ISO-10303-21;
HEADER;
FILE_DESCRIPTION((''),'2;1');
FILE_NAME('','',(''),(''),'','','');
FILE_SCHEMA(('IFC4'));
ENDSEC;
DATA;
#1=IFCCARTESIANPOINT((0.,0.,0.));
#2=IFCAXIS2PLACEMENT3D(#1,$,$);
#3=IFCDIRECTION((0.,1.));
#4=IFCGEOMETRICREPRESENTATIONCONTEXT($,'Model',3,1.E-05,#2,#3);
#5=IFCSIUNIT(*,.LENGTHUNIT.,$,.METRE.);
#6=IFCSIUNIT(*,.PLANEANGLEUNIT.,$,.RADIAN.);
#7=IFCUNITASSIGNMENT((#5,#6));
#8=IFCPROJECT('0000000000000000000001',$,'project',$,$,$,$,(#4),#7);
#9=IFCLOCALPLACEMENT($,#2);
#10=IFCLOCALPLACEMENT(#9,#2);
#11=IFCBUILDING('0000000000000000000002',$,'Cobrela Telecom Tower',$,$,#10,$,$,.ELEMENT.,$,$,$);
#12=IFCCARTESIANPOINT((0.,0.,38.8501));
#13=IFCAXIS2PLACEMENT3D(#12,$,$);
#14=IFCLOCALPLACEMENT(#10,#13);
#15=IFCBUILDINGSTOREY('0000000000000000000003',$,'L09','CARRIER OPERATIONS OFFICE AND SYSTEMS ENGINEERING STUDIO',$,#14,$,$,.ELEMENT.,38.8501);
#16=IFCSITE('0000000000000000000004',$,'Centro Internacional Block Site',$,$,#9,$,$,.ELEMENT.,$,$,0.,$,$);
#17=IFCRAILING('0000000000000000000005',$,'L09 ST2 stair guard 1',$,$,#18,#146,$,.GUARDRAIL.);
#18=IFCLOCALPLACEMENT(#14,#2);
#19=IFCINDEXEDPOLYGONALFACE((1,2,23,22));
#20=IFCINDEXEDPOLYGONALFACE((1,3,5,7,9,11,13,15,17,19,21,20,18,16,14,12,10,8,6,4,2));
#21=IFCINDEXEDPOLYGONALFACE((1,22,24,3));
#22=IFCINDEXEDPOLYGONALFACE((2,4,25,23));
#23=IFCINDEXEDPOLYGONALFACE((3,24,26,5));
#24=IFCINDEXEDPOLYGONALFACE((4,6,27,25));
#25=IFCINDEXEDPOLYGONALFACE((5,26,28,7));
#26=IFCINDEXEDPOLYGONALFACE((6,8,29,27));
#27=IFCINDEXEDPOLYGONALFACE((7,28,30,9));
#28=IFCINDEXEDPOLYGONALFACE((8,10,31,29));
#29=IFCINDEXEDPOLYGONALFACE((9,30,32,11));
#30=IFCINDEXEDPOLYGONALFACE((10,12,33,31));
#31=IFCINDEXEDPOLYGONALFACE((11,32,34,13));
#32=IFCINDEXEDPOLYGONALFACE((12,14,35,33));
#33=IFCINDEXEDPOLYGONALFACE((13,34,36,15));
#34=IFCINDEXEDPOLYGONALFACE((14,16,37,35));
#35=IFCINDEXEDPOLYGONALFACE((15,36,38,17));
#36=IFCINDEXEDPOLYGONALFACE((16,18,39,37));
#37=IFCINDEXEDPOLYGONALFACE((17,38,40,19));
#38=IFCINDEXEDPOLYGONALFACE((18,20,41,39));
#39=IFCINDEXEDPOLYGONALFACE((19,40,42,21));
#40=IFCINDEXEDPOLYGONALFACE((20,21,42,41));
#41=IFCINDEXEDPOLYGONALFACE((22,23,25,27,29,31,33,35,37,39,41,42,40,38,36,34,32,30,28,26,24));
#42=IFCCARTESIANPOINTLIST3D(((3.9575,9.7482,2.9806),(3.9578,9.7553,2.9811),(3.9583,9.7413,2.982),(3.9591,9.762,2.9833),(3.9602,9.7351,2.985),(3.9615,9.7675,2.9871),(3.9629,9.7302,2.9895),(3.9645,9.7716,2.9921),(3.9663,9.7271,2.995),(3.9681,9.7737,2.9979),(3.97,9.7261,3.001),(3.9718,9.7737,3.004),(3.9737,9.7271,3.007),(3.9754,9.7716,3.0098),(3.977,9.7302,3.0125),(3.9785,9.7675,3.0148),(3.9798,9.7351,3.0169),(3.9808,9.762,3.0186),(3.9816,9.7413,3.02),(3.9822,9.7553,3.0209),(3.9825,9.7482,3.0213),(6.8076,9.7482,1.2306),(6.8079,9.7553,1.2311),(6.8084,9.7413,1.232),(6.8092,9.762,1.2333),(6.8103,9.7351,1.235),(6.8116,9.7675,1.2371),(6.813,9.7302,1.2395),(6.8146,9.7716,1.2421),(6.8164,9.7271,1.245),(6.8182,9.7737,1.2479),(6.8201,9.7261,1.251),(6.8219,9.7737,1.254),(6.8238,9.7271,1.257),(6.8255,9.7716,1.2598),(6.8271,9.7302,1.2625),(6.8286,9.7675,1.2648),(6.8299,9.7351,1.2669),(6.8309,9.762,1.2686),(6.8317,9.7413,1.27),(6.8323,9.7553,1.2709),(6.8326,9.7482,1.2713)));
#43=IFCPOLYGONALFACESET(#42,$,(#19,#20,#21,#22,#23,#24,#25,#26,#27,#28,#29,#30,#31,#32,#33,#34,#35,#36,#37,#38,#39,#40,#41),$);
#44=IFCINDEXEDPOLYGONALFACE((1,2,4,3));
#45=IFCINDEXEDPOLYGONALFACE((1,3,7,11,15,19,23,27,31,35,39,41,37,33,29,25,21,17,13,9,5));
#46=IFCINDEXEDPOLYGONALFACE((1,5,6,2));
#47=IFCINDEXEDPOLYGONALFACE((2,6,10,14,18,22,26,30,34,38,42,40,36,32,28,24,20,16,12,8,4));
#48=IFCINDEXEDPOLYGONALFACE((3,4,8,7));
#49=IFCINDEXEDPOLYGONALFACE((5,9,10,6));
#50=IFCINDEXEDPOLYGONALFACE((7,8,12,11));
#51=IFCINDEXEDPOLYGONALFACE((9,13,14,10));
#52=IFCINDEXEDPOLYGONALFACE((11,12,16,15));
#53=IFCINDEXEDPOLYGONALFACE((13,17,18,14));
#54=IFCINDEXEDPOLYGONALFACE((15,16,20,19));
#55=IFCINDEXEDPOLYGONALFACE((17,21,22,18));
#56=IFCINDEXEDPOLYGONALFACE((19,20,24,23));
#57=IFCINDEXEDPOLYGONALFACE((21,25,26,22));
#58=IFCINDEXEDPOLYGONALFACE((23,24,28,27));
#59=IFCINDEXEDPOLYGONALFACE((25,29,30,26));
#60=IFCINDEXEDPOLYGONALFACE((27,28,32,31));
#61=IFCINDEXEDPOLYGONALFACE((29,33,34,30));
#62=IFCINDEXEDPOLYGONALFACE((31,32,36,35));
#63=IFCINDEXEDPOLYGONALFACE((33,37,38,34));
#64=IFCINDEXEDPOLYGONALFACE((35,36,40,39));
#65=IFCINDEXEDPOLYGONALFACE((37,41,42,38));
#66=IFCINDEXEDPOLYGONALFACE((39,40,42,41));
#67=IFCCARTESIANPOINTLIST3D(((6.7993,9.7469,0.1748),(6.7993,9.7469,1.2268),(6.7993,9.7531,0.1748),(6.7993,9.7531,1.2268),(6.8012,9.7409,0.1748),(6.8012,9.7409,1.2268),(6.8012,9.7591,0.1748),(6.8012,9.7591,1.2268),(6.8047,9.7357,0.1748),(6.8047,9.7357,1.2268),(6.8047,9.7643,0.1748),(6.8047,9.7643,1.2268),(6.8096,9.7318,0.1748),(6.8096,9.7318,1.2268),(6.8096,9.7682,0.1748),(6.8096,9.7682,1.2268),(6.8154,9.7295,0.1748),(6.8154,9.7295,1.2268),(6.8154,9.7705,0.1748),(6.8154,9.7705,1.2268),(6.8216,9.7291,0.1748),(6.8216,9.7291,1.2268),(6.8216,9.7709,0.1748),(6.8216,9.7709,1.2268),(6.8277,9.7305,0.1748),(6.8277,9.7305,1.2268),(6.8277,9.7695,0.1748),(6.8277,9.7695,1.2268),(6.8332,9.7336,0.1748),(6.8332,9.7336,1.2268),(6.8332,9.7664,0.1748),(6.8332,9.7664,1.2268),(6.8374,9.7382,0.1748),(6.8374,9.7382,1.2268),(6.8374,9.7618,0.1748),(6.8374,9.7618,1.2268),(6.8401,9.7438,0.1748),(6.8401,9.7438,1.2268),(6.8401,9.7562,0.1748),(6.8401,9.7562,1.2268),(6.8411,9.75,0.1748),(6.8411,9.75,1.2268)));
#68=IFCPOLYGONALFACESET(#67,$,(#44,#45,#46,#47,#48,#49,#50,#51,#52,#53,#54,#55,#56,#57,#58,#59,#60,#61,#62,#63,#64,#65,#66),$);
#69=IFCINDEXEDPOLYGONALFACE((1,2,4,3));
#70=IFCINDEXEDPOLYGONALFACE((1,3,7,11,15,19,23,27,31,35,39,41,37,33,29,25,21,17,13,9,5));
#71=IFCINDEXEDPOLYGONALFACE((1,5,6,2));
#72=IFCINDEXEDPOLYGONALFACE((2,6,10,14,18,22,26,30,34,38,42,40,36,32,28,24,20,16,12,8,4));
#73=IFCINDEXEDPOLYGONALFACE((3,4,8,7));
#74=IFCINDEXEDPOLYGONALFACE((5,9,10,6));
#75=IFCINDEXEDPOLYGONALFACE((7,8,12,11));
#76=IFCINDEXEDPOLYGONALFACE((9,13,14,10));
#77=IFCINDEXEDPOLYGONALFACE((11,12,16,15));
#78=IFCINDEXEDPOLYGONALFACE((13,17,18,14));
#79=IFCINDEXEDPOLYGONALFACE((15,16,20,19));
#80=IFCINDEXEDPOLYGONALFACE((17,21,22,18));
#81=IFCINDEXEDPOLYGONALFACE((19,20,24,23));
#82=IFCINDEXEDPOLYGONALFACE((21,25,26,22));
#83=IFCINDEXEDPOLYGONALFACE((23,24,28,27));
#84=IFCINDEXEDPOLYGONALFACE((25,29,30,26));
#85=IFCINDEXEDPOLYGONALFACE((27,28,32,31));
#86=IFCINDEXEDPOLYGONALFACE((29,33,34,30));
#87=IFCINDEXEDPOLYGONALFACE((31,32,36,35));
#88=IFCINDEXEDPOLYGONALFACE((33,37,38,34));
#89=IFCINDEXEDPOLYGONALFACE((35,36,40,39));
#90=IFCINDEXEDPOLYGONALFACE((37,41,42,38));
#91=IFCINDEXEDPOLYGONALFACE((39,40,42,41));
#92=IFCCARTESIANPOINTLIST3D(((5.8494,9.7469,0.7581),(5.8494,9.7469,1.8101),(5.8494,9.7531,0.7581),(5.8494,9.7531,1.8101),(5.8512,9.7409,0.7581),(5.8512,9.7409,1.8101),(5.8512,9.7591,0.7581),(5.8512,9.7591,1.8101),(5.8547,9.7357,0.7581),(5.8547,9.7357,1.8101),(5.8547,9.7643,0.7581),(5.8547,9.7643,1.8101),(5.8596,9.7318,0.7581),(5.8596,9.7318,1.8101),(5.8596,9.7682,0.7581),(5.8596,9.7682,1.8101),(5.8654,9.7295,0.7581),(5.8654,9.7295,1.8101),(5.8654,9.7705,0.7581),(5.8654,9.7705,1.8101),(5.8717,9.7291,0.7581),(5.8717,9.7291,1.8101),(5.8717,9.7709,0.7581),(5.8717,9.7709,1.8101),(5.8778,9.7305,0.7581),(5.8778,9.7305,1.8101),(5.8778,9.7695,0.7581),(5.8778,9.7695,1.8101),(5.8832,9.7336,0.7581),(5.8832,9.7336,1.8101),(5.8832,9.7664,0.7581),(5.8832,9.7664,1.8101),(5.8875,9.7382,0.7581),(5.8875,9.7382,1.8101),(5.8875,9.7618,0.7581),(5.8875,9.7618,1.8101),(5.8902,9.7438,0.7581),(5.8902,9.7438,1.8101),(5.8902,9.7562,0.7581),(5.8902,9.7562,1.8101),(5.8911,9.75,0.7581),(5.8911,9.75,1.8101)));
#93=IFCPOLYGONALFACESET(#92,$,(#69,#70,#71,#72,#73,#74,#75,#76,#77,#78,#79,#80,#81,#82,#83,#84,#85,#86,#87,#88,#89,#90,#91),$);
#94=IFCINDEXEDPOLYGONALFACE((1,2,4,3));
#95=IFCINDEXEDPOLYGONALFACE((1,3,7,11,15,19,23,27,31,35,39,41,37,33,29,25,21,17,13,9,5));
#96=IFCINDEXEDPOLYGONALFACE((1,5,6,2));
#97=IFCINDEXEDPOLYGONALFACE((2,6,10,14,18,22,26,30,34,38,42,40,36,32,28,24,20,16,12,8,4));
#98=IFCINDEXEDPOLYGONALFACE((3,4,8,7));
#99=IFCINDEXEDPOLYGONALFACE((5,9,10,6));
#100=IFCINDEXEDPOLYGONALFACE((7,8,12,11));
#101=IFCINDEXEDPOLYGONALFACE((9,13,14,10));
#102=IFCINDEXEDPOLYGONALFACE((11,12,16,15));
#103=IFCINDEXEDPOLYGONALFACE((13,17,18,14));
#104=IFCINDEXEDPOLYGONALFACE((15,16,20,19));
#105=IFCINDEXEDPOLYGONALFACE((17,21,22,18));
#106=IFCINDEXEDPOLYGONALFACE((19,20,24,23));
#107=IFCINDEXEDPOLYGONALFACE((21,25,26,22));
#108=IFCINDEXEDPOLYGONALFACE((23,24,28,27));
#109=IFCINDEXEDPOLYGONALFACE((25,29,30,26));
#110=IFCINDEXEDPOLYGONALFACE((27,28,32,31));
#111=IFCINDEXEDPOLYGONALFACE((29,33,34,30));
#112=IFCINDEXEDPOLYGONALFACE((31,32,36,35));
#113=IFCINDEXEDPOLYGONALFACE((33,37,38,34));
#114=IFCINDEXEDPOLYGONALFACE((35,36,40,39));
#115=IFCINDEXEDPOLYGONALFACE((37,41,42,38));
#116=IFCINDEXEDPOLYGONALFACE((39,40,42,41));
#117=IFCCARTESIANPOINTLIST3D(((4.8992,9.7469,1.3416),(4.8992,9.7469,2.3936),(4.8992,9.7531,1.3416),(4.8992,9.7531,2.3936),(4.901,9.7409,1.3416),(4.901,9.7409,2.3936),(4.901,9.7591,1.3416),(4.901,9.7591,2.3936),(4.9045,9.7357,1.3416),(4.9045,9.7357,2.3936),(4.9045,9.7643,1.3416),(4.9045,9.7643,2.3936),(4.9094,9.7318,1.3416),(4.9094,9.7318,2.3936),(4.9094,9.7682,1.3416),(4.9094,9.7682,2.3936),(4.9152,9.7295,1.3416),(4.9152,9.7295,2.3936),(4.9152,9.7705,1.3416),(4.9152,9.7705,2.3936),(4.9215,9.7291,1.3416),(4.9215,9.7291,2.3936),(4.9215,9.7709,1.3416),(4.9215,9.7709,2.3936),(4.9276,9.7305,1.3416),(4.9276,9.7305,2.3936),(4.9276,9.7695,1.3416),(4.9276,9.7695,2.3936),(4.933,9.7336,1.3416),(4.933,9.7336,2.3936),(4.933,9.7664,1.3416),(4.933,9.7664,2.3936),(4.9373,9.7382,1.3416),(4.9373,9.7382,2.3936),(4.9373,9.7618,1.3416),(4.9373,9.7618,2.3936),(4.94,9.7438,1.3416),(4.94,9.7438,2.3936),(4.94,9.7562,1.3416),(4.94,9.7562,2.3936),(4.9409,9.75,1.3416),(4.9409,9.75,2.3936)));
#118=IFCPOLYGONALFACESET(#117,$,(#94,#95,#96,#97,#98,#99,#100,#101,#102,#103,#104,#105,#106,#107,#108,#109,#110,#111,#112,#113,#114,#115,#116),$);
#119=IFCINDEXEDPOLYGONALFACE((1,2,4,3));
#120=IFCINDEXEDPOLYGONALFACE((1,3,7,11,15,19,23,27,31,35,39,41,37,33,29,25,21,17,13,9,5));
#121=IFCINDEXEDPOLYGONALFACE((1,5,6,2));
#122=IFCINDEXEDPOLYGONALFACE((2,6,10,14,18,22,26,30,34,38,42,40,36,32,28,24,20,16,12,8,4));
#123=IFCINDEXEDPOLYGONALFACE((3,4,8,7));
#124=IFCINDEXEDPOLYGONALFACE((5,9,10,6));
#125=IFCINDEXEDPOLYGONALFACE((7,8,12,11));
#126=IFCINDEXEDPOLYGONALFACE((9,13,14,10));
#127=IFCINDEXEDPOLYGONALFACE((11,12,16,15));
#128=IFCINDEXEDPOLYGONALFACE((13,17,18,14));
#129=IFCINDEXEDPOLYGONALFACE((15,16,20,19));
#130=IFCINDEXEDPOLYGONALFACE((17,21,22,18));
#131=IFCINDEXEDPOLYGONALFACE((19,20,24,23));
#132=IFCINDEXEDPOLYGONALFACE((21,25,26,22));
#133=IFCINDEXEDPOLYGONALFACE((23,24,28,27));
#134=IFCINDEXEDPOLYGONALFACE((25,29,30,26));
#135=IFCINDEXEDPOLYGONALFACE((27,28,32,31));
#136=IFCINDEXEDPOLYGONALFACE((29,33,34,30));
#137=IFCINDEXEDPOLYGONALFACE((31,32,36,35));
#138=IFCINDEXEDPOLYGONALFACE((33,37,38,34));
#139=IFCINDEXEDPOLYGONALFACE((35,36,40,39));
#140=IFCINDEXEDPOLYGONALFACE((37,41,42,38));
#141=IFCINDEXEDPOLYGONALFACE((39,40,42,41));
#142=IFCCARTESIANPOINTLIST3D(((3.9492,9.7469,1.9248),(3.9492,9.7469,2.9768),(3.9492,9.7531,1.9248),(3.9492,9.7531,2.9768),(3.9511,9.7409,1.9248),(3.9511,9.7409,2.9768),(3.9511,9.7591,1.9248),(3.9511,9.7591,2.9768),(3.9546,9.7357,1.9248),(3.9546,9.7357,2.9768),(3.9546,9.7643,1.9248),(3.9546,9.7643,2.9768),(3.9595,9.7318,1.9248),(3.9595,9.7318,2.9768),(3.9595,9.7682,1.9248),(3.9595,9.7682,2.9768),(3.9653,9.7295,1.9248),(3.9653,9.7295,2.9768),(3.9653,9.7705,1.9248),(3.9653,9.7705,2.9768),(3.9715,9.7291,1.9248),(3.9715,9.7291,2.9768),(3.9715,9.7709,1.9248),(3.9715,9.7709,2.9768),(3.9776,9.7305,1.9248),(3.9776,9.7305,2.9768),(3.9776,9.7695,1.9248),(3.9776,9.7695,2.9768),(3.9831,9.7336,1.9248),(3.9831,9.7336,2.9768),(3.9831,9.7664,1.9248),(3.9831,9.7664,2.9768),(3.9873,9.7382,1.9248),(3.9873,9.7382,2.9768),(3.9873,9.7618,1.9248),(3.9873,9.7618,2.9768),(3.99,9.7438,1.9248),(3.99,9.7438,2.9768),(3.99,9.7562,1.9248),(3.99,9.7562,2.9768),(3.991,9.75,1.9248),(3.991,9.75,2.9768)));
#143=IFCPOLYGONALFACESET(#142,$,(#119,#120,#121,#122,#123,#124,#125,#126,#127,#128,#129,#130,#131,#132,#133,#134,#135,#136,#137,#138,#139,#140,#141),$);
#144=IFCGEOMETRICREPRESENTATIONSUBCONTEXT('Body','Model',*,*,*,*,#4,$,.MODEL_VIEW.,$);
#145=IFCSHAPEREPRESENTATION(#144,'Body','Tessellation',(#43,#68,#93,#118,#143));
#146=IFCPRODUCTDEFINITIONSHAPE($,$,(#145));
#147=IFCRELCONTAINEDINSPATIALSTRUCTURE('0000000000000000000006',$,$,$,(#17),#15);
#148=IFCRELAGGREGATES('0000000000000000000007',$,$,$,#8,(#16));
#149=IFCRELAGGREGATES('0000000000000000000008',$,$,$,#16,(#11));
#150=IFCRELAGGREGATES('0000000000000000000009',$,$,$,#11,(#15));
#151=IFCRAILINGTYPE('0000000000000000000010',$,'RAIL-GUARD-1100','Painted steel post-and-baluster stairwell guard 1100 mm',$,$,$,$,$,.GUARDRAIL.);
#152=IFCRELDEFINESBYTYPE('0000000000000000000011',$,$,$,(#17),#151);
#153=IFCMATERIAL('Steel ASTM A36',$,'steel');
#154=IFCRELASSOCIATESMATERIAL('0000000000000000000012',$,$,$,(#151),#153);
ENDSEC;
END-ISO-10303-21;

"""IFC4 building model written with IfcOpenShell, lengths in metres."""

from ifc_helpers import new_model, si_unit, direction, frame, origin, origin_2d, place, context, subcontext, project, spatial, circle, extrude, material, type_object, element, save


model = new_model("IFC4")

# Units and contexts
model_context = context("Model", 3, precision=1e-05, world=origin(), true_north=direction((0.0, 1.0)))
body_context = subcontext(model_context, "Body", "Model", "MODEL_VIEW")
ifc_project = project(units=[si_unit("LENGTHUNIT", "METRE"), si_unit("PLANEANGLEUNIT", "RADIAN")], contexts=[model_context])

# Site, building, storey
site_placement = place(None, origin())
site = spatial("IfcSite", under=ifc_project, at=site_placement, Name="Centro Internacional Block Site", CompositionType="ELEMENT", RefElevation=0.0)
building_placement = place(site_placement, origin())
building = spatial("IfcBuilding", under=site, at=building_placement, Name="Cobrela Telecom Tower", CompositionType="ELEMENT")
storey_placement = place(building_placement, frame((0.0, 0.0, 38.8501)))
storey = spatial("IfcBuildingStorey", under=building, at=storey_placement, Name="L09", Description="CARRIER OPERATIONS OFFICE AND SYSTEMS ENGINEERING STUDIO", CompositionType="ELEMENT", Elevation=38.8501)

# Railing
ifc_material_1 = material(Name="Steel ASTM A36", Category="steel")
railing_type_1 = type_object("IfcRailingType", Name="RAIL-GUARD-1100", Description="Painted steel post-and-baluster stairwell guard 1100 mm", PredefinedType="GUARDRAIL", material=ifc_material_1)
railing_1_placement = place(storey_placement, frame((6.8201, 9.75, 0.1748)))
element("IfcRailing", 1, at=railing_1_placement, inside=storey, type_object=railing_type_1, Name="L09 ST2 stair guard 1", PredefinedType="GUARDRAIL", context=body_context, shape_type="SweptSolid", body=[
    extrude(circle(Radius=0.0239, at=origin_2d()), frame((0.0, 0.0, 1.0762), z_axis=(-0.852179, 0.0, 0.52325), x_axis=(0.0, -1.0, 0.0)), (0.0, 0.0, 1.0), 3.3445),
    extrude(circle(Radius=0.021, at=origin_2d()), origin(), (0.0, 0.0, 1.0), 1.052),
    extrude(circle(Radius=0.021, at=origin_2d()), frame((-0.95, 0.0, 0.5833)), (0.0, 0.0, 1.0), 1.052),
    extrude(circle(Radius=0.021, at=origin_2d()), frame((-1.9001, 0.0, 1.1667)), (0.0, 0.0, 1.0), 1.052),
    extrude(circle(Radius=0.021, at=origin_2d()), frame((-2.8501, 0.0, 1.75)), (0.0, 0.0, 1.0), 1.052),
])

save(model, "model.ifc")
